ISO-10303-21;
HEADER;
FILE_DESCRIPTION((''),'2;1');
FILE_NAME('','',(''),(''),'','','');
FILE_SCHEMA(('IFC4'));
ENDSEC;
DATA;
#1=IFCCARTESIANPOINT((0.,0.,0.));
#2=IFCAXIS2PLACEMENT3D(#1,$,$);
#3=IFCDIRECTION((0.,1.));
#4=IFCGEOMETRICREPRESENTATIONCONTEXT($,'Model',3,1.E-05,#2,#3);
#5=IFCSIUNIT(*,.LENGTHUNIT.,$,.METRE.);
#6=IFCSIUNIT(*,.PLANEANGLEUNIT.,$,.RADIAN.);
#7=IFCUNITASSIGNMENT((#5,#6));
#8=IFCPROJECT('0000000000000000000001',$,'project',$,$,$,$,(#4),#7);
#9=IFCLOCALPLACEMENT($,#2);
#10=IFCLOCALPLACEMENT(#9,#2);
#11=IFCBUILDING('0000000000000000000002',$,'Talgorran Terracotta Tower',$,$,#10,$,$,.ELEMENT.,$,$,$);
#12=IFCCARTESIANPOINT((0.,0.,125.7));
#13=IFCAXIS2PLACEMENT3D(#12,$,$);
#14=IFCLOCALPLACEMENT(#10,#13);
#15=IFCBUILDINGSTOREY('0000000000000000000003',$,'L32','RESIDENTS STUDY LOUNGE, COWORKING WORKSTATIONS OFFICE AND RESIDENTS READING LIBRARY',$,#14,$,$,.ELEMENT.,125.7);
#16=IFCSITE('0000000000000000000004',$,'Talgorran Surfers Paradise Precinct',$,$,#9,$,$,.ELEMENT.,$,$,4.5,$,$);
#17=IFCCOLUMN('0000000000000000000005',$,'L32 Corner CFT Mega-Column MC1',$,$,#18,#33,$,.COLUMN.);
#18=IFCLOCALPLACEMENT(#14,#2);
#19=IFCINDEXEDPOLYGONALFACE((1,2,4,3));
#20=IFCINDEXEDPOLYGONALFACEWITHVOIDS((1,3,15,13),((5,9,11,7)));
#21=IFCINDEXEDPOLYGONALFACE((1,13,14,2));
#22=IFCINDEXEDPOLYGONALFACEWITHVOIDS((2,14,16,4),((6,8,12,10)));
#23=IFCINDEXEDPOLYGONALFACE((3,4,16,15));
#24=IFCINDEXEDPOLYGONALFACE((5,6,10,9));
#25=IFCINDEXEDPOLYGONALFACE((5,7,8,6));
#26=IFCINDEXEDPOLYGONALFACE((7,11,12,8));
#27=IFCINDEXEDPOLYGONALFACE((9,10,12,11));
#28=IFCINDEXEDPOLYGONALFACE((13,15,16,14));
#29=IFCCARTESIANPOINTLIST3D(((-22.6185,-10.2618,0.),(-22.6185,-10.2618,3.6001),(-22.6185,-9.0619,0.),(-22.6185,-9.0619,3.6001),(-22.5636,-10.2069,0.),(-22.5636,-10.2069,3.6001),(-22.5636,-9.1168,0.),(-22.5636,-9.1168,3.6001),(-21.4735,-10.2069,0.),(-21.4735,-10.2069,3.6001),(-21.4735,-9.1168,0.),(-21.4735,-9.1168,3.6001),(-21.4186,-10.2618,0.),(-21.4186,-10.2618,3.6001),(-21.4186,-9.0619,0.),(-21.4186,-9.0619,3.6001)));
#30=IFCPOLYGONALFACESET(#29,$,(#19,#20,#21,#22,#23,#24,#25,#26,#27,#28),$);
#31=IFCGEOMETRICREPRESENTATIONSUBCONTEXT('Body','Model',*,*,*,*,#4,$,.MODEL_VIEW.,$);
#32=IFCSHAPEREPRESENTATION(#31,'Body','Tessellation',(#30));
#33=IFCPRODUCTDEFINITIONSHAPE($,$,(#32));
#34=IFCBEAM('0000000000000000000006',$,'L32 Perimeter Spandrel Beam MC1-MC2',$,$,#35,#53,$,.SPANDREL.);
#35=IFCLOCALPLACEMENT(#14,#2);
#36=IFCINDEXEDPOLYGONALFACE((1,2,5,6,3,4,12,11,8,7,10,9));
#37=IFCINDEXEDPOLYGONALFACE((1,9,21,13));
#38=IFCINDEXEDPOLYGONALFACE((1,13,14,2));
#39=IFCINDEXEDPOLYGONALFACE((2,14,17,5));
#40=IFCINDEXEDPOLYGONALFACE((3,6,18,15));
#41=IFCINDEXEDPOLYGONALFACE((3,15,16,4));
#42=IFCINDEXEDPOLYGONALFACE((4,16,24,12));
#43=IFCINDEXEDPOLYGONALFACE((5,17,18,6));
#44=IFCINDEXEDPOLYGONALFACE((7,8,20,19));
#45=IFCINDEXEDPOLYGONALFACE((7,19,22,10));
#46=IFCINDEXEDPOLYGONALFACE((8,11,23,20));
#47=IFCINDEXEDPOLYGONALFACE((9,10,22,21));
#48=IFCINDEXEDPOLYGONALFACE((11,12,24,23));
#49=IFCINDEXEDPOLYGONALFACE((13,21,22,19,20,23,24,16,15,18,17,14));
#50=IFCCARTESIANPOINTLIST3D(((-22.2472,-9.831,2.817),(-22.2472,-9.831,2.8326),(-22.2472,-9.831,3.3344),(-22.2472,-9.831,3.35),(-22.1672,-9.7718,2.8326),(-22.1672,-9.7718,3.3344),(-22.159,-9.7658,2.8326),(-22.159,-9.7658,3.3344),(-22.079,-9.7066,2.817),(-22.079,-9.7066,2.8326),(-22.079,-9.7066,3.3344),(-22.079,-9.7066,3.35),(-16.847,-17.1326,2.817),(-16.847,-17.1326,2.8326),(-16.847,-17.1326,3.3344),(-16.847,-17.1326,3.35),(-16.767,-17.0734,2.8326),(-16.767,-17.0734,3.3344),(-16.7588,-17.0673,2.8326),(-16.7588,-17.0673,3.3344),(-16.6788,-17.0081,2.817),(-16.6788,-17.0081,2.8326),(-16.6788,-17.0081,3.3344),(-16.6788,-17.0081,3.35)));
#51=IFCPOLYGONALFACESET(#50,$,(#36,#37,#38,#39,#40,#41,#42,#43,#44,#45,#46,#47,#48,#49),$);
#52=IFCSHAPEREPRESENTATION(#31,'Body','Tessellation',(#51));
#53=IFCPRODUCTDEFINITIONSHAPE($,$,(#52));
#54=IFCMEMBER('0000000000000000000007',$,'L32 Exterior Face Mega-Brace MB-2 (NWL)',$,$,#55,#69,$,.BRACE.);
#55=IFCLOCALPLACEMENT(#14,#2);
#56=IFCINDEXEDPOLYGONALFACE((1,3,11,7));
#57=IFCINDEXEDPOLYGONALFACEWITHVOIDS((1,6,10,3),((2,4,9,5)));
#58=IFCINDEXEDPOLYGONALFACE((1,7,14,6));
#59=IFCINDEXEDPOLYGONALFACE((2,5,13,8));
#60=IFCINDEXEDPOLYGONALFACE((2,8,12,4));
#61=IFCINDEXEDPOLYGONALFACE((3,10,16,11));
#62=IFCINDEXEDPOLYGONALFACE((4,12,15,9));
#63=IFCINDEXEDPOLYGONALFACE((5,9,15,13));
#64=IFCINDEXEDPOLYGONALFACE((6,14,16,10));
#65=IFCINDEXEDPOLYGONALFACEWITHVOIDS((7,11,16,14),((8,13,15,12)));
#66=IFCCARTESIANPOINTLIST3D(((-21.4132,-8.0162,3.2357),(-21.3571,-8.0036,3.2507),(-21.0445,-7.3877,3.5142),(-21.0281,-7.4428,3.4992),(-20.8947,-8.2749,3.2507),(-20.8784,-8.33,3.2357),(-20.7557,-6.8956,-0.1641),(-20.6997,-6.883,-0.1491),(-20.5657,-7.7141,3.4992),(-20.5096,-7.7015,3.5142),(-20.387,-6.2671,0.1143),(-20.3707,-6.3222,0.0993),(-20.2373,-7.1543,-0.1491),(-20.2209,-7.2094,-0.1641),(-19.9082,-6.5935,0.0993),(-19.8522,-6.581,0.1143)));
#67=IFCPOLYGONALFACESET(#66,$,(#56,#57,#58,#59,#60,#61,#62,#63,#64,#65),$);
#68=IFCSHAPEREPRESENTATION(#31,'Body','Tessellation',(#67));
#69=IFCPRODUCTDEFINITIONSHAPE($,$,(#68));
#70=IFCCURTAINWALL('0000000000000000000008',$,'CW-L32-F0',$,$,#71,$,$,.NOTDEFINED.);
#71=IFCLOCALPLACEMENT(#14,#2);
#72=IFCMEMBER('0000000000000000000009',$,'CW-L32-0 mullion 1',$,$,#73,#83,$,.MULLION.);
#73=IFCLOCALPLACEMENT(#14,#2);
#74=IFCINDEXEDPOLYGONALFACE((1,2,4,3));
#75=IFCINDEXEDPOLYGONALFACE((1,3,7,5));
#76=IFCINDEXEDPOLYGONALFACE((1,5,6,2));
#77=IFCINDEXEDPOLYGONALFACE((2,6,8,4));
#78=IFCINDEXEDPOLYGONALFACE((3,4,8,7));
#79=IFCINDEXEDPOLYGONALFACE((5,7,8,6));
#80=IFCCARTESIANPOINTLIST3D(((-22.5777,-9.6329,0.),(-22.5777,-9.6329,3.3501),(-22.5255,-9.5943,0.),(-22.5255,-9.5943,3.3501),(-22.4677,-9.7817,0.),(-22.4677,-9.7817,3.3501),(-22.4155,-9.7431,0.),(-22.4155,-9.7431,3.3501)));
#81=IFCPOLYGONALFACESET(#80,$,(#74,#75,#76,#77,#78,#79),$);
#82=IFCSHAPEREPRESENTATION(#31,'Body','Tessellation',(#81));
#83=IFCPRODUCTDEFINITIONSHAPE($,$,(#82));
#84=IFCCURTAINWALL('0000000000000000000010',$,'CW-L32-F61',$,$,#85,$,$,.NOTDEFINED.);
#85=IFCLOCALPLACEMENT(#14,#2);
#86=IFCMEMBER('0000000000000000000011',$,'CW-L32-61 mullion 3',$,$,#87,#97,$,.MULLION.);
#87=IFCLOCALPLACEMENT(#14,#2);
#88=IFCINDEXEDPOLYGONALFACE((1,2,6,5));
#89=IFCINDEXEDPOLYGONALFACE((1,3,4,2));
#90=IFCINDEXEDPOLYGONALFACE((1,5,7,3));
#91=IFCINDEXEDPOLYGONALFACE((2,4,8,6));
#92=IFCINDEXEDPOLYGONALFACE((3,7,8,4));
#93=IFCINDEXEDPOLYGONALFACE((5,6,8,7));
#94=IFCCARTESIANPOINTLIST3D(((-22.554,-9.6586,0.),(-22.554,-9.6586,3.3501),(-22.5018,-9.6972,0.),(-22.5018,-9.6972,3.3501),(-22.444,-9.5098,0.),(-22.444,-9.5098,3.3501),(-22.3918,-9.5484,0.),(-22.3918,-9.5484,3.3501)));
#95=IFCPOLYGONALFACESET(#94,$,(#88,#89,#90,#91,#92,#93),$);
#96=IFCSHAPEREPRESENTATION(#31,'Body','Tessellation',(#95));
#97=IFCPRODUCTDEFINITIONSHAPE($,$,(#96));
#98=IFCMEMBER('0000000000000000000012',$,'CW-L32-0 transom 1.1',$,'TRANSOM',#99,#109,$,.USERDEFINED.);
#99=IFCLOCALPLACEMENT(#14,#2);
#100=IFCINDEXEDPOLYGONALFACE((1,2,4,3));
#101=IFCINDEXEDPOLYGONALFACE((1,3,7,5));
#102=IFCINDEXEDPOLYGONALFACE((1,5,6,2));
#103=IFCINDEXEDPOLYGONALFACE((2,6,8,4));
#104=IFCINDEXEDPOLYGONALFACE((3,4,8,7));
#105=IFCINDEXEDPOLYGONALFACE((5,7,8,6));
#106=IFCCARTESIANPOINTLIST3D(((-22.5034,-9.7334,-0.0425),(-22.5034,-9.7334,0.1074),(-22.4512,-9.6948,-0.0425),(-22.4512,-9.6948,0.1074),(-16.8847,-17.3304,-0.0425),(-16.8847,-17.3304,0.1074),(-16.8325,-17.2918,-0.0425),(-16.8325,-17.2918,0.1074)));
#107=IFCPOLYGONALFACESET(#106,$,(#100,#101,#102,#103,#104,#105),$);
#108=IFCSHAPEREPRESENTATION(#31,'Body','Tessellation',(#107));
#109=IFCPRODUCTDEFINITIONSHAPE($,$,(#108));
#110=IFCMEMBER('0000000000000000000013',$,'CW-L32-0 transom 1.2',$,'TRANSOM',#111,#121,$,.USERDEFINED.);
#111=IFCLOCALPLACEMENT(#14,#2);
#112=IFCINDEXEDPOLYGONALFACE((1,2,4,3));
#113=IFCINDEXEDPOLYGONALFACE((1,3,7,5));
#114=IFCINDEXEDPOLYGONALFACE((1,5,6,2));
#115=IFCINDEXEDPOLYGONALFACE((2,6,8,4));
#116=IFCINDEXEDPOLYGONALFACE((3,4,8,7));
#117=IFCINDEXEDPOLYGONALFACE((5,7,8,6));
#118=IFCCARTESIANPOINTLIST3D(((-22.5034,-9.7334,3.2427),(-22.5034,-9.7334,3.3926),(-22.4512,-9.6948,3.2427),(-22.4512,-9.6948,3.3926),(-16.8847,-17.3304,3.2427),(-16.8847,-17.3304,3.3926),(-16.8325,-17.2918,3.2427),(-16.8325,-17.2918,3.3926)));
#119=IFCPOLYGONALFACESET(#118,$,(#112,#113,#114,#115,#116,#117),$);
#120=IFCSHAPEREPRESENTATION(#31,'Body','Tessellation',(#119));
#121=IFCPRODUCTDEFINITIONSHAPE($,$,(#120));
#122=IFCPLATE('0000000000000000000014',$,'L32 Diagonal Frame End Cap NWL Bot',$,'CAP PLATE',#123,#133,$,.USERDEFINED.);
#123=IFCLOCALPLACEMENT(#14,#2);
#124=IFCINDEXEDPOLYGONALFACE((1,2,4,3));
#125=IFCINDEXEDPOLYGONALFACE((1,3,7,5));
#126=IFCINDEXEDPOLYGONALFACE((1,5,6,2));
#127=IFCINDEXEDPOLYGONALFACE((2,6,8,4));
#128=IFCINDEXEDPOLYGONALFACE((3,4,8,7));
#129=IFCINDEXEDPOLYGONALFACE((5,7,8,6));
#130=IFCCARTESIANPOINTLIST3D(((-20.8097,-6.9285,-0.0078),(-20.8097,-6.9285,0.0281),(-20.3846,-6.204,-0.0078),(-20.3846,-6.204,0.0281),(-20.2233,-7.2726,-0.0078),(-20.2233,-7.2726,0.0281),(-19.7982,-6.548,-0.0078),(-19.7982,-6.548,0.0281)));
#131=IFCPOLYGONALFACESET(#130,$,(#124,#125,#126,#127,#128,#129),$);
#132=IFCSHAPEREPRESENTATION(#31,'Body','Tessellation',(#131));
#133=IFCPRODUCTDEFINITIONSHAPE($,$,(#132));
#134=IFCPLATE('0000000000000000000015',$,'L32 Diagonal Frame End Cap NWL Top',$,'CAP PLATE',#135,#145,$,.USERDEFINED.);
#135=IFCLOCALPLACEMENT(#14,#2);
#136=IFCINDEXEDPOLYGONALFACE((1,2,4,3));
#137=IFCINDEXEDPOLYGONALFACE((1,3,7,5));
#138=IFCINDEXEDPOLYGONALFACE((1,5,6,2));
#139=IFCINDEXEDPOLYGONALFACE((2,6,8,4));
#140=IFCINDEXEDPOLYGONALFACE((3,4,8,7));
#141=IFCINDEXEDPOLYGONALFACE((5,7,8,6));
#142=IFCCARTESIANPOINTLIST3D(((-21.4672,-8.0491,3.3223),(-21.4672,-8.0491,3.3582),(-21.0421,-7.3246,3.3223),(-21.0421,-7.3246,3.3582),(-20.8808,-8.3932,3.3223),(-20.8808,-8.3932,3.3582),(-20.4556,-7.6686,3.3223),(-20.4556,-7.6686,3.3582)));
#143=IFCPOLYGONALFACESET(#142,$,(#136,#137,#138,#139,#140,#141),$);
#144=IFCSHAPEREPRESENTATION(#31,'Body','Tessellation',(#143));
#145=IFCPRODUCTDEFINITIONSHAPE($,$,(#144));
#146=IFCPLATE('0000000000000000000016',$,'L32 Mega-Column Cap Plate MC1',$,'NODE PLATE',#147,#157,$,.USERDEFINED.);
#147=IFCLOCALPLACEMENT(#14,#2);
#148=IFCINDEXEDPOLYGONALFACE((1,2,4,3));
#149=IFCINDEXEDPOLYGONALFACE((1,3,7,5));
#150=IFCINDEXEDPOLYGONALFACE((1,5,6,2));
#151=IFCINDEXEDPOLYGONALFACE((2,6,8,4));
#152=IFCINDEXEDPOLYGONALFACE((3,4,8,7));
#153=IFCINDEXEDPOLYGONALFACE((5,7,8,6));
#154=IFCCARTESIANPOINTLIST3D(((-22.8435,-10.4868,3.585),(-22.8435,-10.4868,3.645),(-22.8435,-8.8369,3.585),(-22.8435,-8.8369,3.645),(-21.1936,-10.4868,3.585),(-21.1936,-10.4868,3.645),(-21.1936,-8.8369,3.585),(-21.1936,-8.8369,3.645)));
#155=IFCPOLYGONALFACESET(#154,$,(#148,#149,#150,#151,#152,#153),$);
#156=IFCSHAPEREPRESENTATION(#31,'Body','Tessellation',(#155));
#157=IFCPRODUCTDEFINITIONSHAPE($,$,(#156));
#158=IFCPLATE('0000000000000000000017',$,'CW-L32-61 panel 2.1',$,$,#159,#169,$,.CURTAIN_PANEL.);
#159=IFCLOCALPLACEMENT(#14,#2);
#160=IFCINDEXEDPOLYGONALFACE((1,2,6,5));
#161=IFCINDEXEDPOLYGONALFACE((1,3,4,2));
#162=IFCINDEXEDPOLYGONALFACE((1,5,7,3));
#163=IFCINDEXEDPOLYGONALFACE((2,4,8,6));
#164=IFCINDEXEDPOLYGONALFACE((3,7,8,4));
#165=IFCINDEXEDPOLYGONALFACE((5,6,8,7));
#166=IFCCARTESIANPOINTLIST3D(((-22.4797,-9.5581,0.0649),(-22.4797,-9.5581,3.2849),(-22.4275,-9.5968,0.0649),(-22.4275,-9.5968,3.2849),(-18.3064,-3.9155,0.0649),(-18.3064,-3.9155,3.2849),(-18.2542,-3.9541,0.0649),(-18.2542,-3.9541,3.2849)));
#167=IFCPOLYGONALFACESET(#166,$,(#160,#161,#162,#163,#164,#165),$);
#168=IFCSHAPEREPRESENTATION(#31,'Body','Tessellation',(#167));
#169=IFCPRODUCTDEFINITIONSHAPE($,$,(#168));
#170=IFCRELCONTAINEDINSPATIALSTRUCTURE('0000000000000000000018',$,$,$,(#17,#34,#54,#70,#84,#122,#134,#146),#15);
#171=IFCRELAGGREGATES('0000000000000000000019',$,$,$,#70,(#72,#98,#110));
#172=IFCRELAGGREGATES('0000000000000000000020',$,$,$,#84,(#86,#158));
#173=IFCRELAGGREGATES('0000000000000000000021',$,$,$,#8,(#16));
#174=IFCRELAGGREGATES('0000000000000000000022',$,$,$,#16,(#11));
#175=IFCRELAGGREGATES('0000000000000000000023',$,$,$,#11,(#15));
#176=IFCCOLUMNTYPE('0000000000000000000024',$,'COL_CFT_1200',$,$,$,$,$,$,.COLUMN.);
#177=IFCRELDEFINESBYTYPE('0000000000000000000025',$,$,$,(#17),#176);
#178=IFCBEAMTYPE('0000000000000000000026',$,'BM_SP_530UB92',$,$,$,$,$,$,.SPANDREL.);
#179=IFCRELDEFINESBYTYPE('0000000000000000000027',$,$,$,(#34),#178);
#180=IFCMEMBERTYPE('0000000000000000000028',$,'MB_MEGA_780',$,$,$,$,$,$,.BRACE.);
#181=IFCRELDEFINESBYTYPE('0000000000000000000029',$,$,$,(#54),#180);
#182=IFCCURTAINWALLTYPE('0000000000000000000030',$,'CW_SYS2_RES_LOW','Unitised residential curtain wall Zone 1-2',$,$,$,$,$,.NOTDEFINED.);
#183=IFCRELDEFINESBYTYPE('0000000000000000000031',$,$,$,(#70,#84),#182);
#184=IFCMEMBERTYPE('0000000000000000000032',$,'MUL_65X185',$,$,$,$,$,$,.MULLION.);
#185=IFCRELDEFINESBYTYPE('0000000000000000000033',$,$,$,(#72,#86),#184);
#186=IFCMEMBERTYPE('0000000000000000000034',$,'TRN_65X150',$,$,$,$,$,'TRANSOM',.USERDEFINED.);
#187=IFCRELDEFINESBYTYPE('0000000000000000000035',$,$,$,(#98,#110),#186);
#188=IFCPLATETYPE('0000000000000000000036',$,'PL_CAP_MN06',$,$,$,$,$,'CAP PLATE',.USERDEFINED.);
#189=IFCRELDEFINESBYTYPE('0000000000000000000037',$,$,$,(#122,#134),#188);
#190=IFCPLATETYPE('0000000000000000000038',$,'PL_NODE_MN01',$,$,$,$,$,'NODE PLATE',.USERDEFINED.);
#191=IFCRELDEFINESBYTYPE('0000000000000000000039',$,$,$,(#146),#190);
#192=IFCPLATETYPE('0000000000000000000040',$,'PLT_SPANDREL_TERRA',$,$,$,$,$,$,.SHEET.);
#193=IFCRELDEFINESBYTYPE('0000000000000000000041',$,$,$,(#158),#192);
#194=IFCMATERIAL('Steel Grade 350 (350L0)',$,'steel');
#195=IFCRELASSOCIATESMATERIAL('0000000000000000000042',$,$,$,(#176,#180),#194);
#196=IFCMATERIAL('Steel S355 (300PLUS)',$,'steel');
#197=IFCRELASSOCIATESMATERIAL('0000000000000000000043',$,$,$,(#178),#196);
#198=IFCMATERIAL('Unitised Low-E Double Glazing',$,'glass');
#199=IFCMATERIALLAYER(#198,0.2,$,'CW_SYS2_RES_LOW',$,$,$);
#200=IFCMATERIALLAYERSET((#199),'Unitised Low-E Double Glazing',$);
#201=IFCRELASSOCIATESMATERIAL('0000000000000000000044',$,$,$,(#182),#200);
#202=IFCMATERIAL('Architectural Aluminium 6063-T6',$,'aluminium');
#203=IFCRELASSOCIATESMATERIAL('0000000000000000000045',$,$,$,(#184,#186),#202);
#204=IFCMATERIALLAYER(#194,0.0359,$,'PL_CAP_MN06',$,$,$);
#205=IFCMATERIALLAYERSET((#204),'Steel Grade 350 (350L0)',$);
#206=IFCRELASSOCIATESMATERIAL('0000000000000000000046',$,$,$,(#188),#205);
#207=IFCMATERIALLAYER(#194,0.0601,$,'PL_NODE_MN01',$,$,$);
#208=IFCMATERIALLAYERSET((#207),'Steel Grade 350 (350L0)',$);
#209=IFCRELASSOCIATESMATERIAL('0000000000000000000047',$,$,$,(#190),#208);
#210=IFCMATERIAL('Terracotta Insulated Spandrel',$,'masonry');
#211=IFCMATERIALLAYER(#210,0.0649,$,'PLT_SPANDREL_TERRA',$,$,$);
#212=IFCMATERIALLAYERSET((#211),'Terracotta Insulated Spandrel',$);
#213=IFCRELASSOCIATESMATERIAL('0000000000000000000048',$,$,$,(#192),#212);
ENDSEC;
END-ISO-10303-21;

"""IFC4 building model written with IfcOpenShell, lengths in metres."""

from ifc_helpers import new_model, si_unit, direction, frame, origin, origin_2d, place, context, subcontext, project, spatial, rectangle, hollow_rectangle, i_section, extrude, source, transform, mapped, material, layer, layer_set, material_profile, profile_set, type_object, type_shapes, element, aggregate, save


model = new_model("IFC4")

# Units and contexts
model_context = context("Model", 3, precision=1e-05, world=origin(), true_north=direction((0.0, 1.0)))
body_context = subcontext(model_context, "Body", "Model", "MODEL_VIEW")
ifc_project = project(units=[si_unit("LENGTHUNIT", "METRE"), si_unit("PLANEANGLEUNIT", "RADIAN")], contexts=[model_context])

# Site, building, storey
site_placement = place(None, origin())
site = spatial("IfcSite", under=ifc_project, at=site_placement, Name="Talgorran Surfers Paradise Precinct", CompositionType="ELEMENT", RefElevation=4.5)
building_placement = place(site_placement, origin())
building = spatial("IfcBuilding", under=site, at=building_placement, Name="Talgorran Terracotta Tower", CompositionType="ELEMENT")
storey_placement = place(building_placement, frame((0.0, 0.0, 125.7)))
storey = spatial("IfcBuildingStorey", under=building, at=storey_placement, Name="L32", Description="RESIDENTS STUDY LOUNGE, COWORKING WORKSTATIONS OFFICE AND RESIDENTS READING LIBRARY", CompositionType="ELEMENT", Elevation=125.7)

# Column
ifc_material_1 = material(Name="Steel Grade 350 (350L0)", Category="steel")
ifc_material_profile_1 = material_profile(ifc_material_1, hollow_rectangle(XDim=1.2, YDim=1.2, WallThickness=0.0549, at=origin_2d()), Name="CFT1200X1200X55")
ifc_profile_set_1 = profile_set([ifc_material_profile_1], Name="Steel Grade 350 (350L0)")
column_type = type_object("IfcColumnType", Name="COL_CFT_1200", PredefinedType="COLUMN", material=ifc_profile_set_1)
column_placement = place(storey_placement, frame((-22.0186, -9.6619, 0.0), z_axis=(0.0, 0.0, 1.0), x_axis=(1.0, 0.0, 0.0)))
element("IfcColumn", 1, at=column_placement, inside=storey, type_object=column_type, Name="L32 Corner CFT Mega-Column MC1", PredefinedType="COLUMN", context=body_context, shape_type="SweptSolid", body=[
    extrude(hollow_rectangle(XDim=1.2, YDim=1.2, WallThickness=0.0549, at=origin_2d()), origin(), (0.0, 0.0, 1.0), 3.6001),
])

# Beam
ifc_material_2 = material(Name="Steel S355 (300PLUS)", Category="steel")
ifc_material_profile_2 = material_profile(ifc_material_2, i_section(OverallWidth=0.2092, OverallDepth=0.533, WebThickness=0.0103, FlangeThickness=0.0156, at=origin_2d()), Name="530UB92.4")
ifc_profile_set_2 = profile_set([ifc_material_profile_2], Name="Steel S355 (300PLUS)")
beam_type = type_object("IfcBeamType", Name="BM_SP_530UB92", PredefinedType="SPANDREL", material=ifc_profile_set_2)
beam_placement = place(storey_placement, frame((-22.1631, -9.7688, 3.0835), z_axis=(0.594631, -0.803998, 0.0), x_axis=(0.803998, 0.594631, 0.0)))
element("IfcBeam", 2, at=beam_placement, inside=storey, type_object=beam_type, Name="L32 Perimeter Spandrel Beam MC1-MC2", PredefinedType="SPANDREL", context=body_context, shape_type="SweptSolid", body=[
    extrude(i_section(OverallWidth=0.2092, OverallDepth=0.533, WebThickness=0.0103, FlangeThickness=0.0156, at=origin_2d()), origin(), (0.0, 0.0, 1.0), 9.0815),
])

# Member
ifc_material_profile_3 = material_profile(ifc_material_1, hollow_rectangle(XDim=0.6201, YDim=0.78, WallThickness=0.042, at=origin_2d()), Name="WBOX780X620X42")
ifc_profile_set_3 = profile_set([ifc_material_profile_3], Name="Steel Grade 350 (350L0)")
member_type_1 = type_object("IfcMemberType", Name="MB_MEGA_780", PredefinedType="BRACE", material=ifc_profile_set_3)
member_1_placement = place(storey_placement, frame((-20.304, -6.7383, -0.0249), z_axis=(-0.180639, -0.307885, 0.934118), x_axis=(0.862509, -0.506043, 0.0)))
element("IfcMember", 3, at=member_1_placement, inside=storey, type_object=member_type_1, Name="L32 Exterior Face Mega-Brace MB-2 (NWL)", PredefinedType="BRACE", context=body_context, shape_type="SweptSolid", body=[
    extrude(hollow_rectangle(XDim=0.6201, YDim=0.78, WallThickness=0.042, at=origin_2d()), origin(), (0.0, 0.0, 1.0), 3.6396),
])

# Curtain walls, members
ifc_material_3 = material(Name="Unitised Low-E Double Glazing", Category="glass")
ifc_layer_1 = layer(ifc_material_3, 0.2, Name="CW_SYS2_RES_LOW")
ifc_layer_set_1 = layer_set([ifc_layer_1], Name="Unitised Low-E Double Glazing")
curtain_wall_type = type_object("IfcCurtainWallType", Name="CW_SYS2_RES_LOW", Description="Unitised residential curtain wall Zone 1-2", PredefinedType="NOTDEFINED", material=ifc_layer_set_1)
curtain_wall_1_placement = place(storey_placement, origin())
curtain_wall_1 = element("IfcCurtainWall", 4, at=curtain_wall_1_placement, inside=storey, type_object=curtain_wall_type, Name="CW-L32-F0", PredefinedType="NOTDEFINED")
ifc_material_4 = material(Name="Architectural Aluminium 6063-T6", Category="aluminium")
ifc_material_profile_4 = material_profile(ifc_material_4, rectangle(XDim=0.0649, YDim=0.1851, at=origin_2d()), Name="CWM65X185")
ifc_profile_set_4 = profile_set([ifc_material_profile_4], Name="Architectural Aluminium 6063-T6")
member_type_2 = type_object("IfcMemberType", Name="MUL_65X185", PredefinedType="MULLION", material=ifc_profile_set_4)
member_2_placement = place(storey_placement, frame((-22.4966, -9.688, 0.0), z_axis=(0.0, 0.0, 1.0), x_axis=(0.803993, 0.594638, 0.0)))
member_2 = element("IfcMember", 5, at=member_2_placement, type_object=member_type_2, Name="CW-L32-0 mullion 1", PredefinedType="MULLION", context=body_context, shape_type="SweptSolid", body=[
    extrude(rectangle(XDim=0.0649, YDim=0.1851, at=origin_2d()), origin(), (0.0, 0.0, 1.0), 3.3501),
])
curtain_wall_2_placement = place(storey_placement, origin())
curtain_wall_2 = element("IfcCurtainWall", 6, at=curtain_wall_2_placement, inside=storey, type_object=curtain_wall_type, Name="CW-L32-F61", PredefinedType="NOTDEFINED")
member_3_placement = place(storey_placement, frame((-22.4729, -9.6035, 0.0), z_axis=(0.0, 0.0, 1.0), x_axis=(0.803994, -0.594637, 0.0)))
member_3 = element("IfcMember", 7, at=member_3_placement, type_object=member_type_2, Name="CW-L32-61 mullion 3", PredefinedType="MULLION", context=body_context, shape_type="SweptSolid", body=[
    extrude(rectangle(XDim=0.0649, YDim=0.1851, at=origin_2d()), origin(), (0.0, 0.0, 1.0), 3.3501),
])

# Members
ifc_material_profile_5 = material_profile(ifc_material_4, rectangle(XDim=0.0649, YDim=0.1499, at=origin_2d()), Name="CWT65X150")
ifc_profile_set_5 = profile_set([ifc_material_profile_5], Name="Architectural Aluminium 6063-T6")
member_type_3 = type_object("IfcMemberType", Name="TRN_65X150", ElementType="TRANSOM", PredefinedType="USERDEFINED", material=ifc_profile_set_5)
member_4_placement = place(storey_placement, frame((-22.4773, -9.7141, 0.0325), z_axis=(0.594633, -0.803997, 0.0), x_axis=(0.803997, 0.594633, 0.0)))
member_4 = element("IfcMember", 8, at=member_4_placement, type_object=member_type_3, Name="CW-L32-0 transom 1.1", ObjectType="TRANSOM", PredefinedType="USERDEFINED", context=body_context, shape_type="SweptSolid", body=[
    extrude(rectangle(XDim=0.0649, YDim=0.1499, at=origin_2d()), origin(), (0.0, 0.0, 1.0), 9.449),
])
member_5_placement = place(storey_placement, frame((-22.4773, -9.7141, 3.3176), z_axis=(0.594633, -0.803997, 0.0), x_axis=(0.803997, 0.594633, 0.0)))
member_5 = element("IfcMember", 9, at=member_5_placement, type_object=member_type_3, Name="CW-L32-0 transom 1.2", ObjectType="TRANSOM", PredefinedType="USERDEFINED", context=body_context, shape_type="SweptSolid", body=[
    extrude(rectangle(XDim=0.0649, YDim=0.1499, at=origin_2d()), origin(), (0.0, 0.0, 1.0), 9.449),
])
aggregate(curtain_wall_1, [member_2, member_4, member_5])

# Plates
ifc_layer_2 = layer(ifc_material_1, 0.0359, Name="PL_CAP_MN06")
ifc_layer_set_2 = layer_set([ifc_layer_2], Name="Steel Grade 350 (350L0)")
plate_type_1 = type_object("IfcPlateType", Name="PL_CAP_MN06", ElementType="CAP PLATE", PredefinedType="USERDEFINED", material=ifc_layer_set_2)
for number, where, z_axis, x_axis, name in (
    (10, (-20.304, -6.7383, -0.0078), (0.0, 0.0, 1.0), (-0.506034, -0.862514, 0.0), "L32 Diagonal Frame End Cap NWL Bot"),
    (11, (-20.9614, -7.8589, 3.3223), (0.0, 0.0, 1.0), (-0.506034, -0.862514, 0.0), "L32 Diagonal Frame End Cap NWL Top"),
):
    element("IfcPlate", number, at=place(storey_placement, frame(where, z_axis=z_axis, x_axis=x_axis)), inside=storey, type_object=plate_type_1, Name=name, ObjectType="CAP PLATE", PredefinedType="USERDEFINED", context=body_context, shape_type="SweptSolid", body=[
        extrude(rectangle(XDim=0.8401, YDim=0.6799, at=origin_2d()), origin(), (0.0, 0.0, 1.0), 0.0359),
    ])
ifc_layer_3 = layer(ifc_material_1, 0.0601, Name="PL_NODE_MN01")
ifc_layer_set_3 = layer_set([ifc_layer_3], Name="Steel Grade 350 (350L0)")
plate_type_2 = type_object("IfcPlateType", Name="PL_NODE_MN01", ElementType="NODE PLATE", PredefinedType="USERDEFINED", material=ifc_layer_set_3)
plate_1_placement = place(storey_placement, frame((-22.0186, -9.6619, 3.585), z_axis=(0.0, 0.0, 1.0), x_axis=(1.0, 0.0, 0.0)))
element("IfcPlate", 12, at=plate_1_placement, inside=storey, type_object=plate_type_2, Name="L32 Mega-Column Cap Plate MC1", ObjectType="NODE PLATE", PredefinedType="USERDEFINED", context=body_context, shape_type="SweptSolid", body=[
    extrude(rectangle(XDim=1.6499, YDim=1.6499, at=origin_2d()), origin(), (0.0, 0.0, 1.0), 0.0601),
])

# Plate
ifc_material_5 = material(Name="Terracotta Insulated Spandrel", Category="masonry")
ifc_layer_4 = layer(ifc_material_5, 0.0649, Name="PLT_SPANDREL_TERRA")
ifc_layer_set_4 = layer_set([ifc_layer_4], Name="Terracotta Insulated Spandrel")
plate_type_3 = type_object("IfcPlateType", Name="PLT_SPANDREL_TERRA", PredefinedType="SHEET", material=ifc_layer_set_4)
shared_shape = source(origin(), body_context, "Body", "SweptSolid", [
    extrude(rectangle(XDim=7.0183, YDim=0.0649, at=origin_2d()), origin(), (0.0, 0.0, 1.0), 3.22),
])
type_shapes(plate_type_3, [shared_shape])
plate_2_placement = place(storey_placement, frame((-20.3669, -6.7561, 0.0649), z_axis=(0.0, 0.0, 1.0), x_axis=(-0.594637, -0.803994, 0.0)))
plate_2 = element("IfcPlate", 13, at=plate_2_placement, type_object=plate_type_3, Name="CW-L32-61 panel 2.1", PredefinedType="CURTAIN_PANEL", context=body_context, shape_type="MappedRepresentation", body=[
    mapped(shared_shape, transform((0.0, 0.0, 0.0), scale=1.0)),
])
aggregate(curtain_wall_2, [member_3, plate_2])

save(model, "model.ifc")
